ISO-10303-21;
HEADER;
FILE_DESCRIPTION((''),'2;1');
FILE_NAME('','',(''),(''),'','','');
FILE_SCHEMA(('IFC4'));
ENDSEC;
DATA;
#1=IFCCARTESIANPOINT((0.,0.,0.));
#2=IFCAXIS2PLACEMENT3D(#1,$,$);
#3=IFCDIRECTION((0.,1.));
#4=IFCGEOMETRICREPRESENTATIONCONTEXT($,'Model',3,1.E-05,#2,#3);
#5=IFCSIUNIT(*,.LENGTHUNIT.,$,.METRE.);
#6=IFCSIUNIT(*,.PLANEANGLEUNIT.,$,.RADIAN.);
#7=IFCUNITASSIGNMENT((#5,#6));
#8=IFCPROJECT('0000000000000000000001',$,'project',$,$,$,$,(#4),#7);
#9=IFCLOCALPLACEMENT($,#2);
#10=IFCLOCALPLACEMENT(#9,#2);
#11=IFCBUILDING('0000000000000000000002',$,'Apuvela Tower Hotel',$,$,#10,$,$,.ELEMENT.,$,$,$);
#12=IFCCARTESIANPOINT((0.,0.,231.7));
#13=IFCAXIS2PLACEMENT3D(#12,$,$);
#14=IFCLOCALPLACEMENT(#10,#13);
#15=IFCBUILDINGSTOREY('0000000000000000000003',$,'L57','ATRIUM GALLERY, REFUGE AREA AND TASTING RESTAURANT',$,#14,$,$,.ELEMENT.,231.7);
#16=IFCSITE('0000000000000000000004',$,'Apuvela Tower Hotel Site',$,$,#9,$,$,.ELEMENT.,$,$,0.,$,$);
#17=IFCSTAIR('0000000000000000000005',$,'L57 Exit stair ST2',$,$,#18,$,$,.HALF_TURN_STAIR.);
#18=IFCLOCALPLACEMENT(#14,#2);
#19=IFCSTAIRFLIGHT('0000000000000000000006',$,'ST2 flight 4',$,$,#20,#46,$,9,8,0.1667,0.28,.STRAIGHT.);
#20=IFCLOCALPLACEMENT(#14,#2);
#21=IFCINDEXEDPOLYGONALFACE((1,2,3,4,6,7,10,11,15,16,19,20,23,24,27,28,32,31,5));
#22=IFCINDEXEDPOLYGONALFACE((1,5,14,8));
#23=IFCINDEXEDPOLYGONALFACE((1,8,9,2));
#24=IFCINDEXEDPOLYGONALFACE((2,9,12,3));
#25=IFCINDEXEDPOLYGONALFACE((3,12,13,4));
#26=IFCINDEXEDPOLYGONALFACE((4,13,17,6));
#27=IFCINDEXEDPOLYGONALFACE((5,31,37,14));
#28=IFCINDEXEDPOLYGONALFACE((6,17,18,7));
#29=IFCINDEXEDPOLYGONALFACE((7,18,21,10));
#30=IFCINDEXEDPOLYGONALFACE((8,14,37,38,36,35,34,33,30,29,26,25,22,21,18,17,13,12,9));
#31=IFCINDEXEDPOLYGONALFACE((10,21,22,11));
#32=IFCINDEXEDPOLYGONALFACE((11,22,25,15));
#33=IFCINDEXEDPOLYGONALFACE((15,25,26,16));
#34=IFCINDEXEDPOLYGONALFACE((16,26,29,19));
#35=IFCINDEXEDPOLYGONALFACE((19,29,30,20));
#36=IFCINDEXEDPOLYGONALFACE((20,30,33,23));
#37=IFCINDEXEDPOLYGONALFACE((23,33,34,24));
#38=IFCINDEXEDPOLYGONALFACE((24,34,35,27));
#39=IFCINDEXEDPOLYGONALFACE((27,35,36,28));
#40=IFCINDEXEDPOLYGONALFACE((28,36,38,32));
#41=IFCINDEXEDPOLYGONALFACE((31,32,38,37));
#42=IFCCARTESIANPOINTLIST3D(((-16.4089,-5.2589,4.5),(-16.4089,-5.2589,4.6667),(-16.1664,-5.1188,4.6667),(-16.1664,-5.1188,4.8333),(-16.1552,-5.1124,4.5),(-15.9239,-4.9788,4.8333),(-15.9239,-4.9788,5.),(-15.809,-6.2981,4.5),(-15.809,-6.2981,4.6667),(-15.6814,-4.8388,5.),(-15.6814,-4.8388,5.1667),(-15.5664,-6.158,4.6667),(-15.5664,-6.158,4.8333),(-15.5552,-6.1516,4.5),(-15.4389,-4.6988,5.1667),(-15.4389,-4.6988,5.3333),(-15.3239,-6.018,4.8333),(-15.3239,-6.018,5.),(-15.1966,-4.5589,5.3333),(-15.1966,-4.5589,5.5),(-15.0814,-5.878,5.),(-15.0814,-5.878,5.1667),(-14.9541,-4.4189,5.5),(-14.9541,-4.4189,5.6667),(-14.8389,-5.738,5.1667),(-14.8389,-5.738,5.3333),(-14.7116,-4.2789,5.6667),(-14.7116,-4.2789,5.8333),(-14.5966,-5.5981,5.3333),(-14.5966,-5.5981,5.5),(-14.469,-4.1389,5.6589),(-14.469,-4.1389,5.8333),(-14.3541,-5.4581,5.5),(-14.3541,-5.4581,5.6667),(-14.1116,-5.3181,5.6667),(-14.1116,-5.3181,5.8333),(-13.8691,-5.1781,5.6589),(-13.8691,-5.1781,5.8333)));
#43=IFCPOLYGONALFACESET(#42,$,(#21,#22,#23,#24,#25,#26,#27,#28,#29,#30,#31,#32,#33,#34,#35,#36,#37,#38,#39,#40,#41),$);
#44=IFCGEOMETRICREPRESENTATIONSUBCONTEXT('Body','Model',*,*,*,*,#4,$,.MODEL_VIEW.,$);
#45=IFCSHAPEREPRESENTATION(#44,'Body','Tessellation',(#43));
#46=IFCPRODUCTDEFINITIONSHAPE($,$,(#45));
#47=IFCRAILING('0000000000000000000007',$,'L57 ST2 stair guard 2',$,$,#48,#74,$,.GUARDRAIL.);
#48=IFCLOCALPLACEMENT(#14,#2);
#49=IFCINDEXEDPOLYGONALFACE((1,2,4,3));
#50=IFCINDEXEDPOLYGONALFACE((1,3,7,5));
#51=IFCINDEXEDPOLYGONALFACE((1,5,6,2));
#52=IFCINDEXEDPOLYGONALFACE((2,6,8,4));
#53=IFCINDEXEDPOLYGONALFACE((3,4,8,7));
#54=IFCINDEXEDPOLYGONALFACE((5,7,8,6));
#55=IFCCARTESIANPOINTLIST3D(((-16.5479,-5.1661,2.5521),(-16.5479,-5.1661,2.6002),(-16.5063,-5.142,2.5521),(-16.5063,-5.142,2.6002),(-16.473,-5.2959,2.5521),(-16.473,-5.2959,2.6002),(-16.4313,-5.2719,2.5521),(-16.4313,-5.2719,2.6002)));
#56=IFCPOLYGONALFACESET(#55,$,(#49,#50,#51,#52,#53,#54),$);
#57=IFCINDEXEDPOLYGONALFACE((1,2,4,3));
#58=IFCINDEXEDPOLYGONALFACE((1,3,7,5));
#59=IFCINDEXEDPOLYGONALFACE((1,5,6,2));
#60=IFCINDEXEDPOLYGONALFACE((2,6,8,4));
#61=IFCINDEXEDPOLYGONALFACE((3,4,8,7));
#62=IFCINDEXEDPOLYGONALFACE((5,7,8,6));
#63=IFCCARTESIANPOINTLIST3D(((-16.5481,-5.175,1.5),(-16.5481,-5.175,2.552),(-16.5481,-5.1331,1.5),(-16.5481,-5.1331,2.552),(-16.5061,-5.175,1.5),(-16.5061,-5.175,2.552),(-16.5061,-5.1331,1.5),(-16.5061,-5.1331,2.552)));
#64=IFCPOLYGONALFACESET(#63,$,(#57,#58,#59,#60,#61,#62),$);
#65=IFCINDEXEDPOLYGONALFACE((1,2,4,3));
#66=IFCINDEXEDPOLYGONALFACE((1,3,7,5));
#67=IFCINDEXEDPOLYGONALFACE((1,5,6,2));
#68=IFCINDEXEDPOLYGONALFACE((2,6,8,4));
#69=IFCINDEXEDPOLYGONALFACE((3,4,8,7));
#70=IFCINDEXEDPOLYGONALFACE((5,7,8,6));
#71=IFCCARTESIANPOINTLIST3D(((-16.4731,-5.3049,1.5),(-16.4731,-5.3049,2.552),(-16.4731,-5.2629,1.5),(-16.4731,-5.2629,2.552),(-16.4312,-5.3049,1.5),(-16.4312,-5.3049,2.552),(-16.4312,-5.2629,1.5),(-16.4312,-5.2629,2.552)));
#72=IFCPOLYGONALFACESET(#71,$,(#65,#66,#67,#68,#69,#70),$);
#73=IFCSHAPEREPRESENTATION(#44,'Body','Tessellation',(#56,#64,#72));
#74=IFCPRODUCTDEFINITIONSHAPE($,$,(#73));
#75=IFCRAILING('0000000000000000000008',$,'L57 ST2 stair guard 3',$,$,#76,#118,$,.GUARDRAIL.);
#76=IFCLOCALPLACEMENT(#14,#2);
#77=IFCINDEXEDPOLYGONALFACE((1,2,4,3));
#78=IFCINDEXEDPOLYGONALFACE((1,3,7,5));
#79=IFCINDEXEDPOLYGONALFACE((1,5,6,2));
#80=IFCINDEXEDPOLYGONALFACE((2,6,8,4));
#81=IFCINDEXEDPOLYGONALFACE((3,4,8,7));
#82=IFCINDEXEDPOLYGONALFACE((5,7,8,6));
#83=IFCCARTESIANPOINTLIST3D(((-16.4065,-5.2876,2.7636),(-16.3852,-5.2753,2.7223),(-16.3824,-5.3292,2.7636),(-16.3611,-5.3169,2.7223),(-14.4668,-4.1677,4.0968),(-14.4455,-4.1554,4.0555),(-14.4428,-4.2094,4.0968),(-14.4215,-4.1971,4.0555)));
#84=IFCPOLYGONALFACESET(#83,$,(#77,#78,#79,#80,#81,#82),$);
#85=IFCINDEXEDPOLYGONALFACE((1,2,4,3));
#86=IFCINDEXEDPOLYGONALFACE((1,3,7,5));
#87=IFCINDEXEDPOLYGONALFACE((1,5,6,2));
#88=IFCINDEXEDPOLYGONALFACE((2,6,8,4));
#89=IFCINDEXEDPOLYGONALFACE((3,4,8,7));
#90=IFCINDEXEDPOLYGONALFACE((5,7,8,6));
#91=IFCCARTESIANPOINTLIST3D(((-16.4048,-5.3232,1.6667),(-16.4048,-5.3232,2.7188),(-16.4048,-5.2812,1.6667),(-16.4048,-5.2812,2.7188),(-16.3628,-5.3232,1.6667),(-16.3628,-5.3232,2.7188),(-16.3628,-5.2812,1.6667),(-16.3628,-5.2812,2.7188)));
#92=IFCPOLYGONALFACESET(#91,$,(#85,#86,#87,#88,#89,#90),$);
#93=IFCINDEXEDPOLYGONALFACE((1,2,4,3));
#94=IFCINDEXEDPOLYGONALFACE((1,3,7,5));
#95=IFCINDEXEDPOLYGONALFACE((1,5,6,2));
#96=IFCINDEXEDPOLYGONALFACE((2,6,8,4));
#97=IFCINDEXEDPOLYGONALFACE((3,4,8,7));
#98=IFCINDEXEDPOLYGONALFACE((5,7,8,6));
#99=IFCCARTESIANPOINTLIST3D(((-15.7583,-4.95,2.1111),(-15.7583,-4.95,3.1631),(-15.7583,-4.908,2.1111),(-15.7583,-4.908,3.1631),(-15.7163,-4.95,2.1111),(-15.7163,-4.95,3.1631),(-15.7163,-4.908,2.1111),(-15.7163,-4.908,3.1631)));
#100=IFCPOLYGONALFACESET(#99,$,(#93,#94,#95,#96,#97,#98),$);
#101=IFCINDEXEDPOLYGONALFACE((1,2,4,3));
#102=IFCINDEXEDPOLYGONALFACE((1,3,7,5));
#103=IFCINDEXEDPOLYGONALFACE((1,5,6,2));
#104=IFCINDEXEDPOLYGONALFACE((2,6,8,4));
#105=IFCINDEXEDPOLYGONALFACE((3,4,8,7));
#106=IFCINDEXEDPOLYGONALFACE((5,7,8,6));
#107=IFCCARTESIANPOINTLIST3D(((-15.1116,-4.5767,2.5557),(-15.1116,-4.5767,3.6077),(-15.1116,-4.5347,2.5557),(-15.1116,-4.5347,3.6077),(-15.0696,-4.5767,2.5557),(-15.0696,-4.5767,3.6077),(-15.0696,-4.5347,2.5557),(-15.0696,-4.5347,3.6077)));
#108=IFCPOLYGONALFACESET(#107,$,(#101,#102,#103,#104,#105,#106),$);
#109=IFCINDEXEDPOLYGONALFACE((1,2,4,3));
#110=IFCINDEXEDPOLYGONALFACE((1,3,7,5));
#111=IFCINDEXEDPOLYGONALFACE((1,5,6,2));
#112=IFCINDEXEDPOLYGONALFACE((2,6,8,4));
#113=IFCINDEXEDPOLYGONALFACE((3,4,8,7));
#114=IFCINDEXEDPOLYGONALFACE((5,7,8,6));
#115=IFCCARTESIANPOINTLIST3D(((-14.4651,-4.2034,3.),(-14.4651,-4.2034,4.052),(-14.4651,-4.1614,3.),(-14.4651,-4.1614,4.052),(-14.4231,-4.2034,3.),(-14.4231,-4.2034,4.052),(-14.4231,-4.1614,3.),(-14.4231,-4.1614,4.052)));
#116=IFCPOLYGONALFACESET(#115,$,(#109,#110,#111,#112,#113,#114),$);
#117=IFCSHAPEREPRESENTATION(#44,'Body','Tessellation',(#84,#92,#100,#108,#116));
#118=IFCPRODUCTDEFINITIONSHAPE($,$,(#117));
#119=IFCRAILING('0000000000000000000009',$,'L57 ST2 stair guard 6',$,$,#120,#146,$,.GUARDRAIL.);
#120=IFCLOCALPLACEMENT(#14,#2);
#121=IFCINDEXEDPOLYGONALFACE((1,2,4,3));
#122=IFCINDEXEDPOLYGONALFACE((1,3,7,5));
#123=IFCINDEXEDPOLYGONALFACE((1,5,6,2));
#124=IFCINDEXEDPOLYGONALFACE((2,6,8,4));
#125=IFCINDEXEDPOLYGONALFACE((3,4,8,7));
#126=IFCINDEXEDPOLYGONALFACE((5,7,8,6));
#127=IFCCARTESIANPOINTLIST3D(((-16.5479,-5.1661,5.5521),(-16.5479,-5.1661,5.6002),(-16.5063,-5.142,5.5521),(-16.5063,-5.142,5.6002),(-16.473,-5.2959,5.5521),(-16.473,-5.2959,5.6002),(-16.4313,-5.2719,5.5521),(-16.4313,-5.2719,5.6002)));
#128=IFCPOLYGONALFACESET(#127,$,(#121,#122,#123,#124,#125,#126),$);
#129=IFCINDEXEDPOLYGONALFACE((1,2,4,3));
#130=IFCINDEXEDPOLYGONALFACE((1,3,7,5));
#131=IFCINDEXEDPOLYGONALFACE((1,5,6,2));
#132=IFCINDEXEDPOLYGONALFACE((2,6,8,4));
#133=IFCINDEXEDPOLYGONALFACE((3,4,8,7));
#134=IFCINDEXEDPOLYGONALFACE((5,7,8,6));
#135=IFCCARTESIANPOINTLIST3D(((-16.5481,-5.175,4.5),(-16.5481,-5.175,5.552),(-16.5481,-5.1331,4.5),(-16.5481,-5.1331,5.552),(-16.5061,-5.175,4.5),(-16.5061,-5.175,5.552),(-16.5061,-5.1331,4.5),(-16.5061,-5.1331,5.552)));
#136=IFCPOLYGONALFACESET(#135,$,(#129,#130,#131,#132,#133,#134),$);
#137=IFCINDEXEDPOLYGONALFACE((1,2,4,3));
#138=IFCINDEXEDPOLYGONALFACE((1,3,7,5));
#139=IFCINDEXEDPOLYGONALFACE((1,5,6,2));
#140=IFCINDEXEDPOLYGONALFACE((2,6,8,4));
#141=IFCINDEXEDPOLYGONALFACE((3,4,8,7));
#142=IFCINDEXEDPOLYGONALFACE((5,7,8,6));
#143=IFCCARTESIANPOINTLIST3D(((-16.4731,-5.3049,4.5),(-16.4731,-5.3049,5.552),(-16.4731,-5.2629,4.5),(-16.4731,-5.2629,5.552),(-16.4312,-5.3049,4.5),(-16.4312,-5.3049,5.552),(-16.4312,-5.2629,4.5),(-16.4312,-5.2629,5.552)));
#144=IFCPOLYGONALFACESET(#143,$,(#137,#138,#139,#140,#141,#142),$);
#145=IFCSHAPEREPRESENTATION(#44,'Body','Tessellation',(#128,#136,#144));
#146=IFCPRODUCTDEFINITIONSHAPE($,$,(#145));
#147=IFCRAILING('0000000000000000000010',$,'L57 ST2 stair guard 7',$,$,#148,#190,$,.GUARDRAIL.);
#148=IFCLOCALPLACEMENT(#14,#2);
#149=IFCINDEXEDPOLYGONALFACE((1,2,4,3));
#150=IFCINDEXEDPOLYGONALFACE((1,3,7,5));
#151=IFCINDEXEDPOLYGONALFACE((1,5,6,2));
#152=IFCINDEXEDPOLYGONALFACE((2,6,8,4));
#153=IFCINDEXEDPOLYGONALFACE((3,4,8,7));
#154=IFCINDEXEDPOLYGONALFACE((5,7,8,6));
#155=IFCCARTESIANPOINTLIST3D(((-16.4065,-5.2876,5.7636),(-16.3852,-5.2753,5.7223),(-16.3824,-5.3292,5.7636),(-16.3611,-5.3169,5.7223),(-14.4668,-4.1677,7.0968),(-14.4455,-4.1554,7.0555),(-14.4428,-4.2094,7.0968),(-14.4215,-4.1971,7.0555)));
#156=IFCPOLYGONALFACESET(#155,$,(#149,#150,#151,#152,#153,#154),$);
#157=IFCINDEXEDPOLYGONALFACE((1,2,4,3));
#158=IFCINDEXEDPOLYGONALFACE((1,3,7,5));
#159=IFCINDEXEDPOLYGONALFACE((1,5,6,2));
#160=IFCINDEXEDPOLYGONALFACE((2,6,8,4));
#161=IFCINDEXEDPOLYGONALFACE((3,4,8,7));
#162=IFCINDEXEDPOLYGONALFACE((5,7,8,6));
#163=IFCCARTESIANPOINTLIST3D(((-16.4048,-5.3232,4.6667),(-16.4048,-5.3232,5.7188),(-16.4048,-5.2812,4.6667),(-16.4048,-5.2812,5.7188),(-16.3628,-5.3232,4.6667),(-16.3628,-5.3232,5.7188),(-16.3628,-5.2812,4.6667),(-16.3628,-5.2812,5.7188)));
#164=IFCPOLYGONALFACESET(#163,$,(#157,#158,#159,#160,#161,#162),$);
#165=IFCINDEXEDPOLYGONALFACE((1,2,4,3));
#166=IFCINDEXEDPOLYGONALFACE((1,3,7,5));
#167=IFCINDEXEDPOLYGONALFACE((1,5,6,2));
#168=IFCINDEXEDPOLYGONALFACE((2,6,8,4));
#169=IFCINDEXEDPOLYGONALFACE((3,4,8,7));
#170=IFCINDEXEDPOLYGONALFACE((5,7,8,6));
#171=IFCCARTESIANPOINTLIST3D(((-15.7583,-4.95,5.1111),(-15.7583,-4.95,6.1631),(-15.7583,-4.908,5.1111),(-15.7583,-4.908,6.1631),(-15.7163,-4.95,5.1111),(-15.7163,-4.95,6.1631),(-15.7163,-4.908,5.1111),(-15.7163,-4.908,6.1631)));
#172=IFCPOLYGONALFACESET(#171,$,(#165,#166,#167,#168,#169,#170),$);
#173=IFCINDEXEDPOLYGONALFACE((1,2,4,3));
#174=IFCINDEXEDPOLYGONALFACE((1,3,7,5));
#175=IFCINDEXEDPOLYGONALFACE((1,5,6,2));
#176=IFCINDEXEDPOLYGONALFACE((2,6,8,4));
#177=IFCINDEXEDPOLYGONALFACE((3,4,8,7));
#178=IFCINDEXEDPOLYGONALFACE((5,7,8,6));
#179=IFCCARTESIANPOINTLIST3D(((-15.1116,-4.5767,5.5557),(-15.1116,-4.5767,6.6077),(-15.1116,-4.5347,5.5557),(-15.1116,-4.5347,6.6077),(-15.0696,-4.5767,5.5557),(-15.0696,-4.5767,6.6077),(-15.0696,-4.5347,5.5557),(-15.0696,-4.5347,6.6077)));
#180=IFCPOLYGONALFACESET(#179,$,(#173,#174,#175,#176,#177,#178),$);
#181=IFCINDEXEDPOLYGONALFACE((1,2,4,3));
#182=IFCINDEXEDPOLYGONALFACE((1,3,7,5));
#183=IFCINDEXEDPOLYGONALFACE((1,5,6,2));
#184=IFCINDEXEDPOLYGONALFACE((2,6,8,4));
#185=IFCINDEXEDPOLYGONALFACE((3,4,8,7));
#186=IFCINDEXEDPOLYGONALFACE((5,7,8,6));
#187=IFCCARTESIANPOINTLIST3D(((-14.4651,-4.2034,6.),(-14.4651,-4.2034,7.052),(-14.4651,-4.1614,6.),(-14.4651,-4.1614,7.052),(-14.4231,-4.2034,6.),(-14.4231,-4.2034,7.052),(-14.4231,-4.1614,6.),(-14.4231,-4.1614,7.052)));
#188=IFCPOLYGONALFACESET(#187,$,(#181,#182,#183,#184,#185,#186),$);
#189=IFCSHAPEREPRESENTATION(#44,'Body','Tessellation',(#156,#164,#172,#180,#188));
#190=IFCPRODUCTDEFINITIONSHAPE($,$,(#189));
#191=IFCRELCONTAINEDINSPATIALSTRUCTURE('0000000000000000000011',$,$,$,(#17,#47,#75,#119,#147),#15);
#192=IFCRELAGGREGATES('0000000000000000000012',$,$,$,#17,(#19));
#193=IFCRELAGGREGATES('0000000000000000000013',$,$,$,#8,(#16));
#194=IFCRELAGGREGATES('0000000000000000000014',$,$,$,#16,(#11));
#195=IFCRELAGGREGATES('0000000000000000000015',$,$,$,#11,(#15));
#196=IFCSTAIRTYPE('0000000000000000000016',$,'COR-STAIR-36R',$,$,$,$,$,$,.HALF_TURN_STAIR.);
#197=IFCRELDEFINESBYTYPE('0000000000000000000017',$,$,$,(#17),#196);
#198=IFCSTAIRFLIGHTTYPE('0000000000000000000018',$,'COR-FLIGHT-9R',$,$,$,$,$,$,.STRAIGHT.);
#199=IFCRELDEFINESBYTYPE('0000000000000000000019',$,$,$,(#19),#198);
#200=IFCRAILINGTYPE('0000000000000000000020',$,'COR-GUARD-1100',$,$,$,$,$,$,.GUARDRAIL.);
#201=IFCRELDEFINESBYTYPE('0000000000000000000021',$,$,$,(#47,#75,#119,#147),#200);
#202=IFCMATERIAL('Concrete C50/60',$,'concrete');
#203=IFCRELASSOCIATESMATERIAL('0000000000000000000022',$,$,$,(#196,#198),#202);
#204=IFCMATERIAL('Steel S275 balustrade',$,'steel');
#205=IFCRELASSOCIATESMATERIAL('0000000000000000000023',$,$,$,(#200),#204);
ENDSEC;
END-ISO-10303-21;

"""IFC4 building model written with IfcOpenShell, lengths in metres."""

from ifc_helpers import new_model, si_unit, direction, frame, origin, origin_2d, place, context, subcontext, project, spatial, polyline, rectangle, outline, extrude, material, type_object, element, aggregate, save


model = new_model("IFC4")

# Units and contexts
model_context = context("Model", 3, precision=1e-05, world=origin(), true_north=direction((0.0, 1.0)))
body_context = subcontext(model_context, "Body", "Model", "MODEL_VIEW")
ifc_project = project(units=[si_unit("LENGTHUNIT", "METRE"), si_unit("PLANEANGLEUNIT", "RADIAN")], contexts=[model_context])

# Site, building, storey
site_placement = place(None, origin())
site = spatial("IfcSite", under=ifc_project, at=site_placement, Name="Apuvela Tower Hotel Site", CompositionType="ELEMENT", RefElevation=0.0)
building_placement = place(site_placement, origin())
building = spatial("IfcBuilding", under=site, at=building_placement, Name="Apuvela Tower Hotel", CompositionType="ELEMENT")
storey_placement = place(building_placement, frame((0.0, 0.0, 231.7)))
storey = spatial("IfcBuildingStorey", under=building, at=storey_placement, Name="L57", Description="ATRIUM GALLERY, REFUGE AREA AND TASTING RESTAURANT", CompositionType="ELEMENT", Elevation=231.7)

# Shared definitions
ifc_material_1 = material(Name="Concrete C50/60", Category="concrete")

# Stair, stair flight
stair_type = type_object("IfcStairType", Name="COR-STAIR-36R", PredefinedType="HALF_TURN_STAIR", material=ifc_material_1)
stair_placement = place(storey_placement, origin())
stair = element("IfcStair", 1, at=stair_placement, inside=storey, type_object=stair_type, Name="L57 Exit stair ST2", PredefinedType="HALF_TURN_STAIR")
stair_flight_type = type_object("IfcStairFlightType", Name="COR-FLIGHT-9R", PredefinedType="STRAIGHT", material=ifc_material_1)
stair_flight_1_placement = place(storey_placement, frame((-16.1089, -5.7786, 4.5), z_axis=(0.0, 0.0, 1.0), x_axis=(0.866025, 0.5, 0.0)))
stair_flight_1 = element("IfcStairFlight", 2, at=stair_flight_1_placement, type_object=stair_flight_type, Name="ST2 flight 4", NumberOfRisers=9, NumberOfTreads=8, PredefinedType="STRAIGHT", RiserHeight=0.1667, TreadLength=0.28, context=body_context, shape_type="SweptSolid", body=[
    extrude(outline(polyline([(0.0, 0.0), (0.0, 0.1667), (0.28, 0.1667), (0.28, 0.3333), (0.5601, 0.3333), (0.5601, 0.5), (0.8401, 0.5), (0.8401, 0.6667), (1.1201, 0.6667), (1.1201, 0.8333), (1.3999, 0.8333), (1.3999, 1.0), (1.6799, 1.0), (1.6799, 1.1667), (1.96, 1.1667), (1.96, 1.3333), (2.24, 1.3333), (2.24, 1.5), (2.24, 1.1589), (0.293, 0.0), (0.0, 0.0)])), frame((0.0, 0.6001, 0.0), z_axis=(0.0, -1.0, 0.0), x_axis=(1.0, 0.0, 0.0)), (0.0, 0.0, 1.0), 1.2),
])
aggregate(stair, [stair_flight_1])

# Railings
ifc_material_2 = material(Name="Steel S275 balustrade", Category="steel")
railing_type_1 = type_object("IfcRailingType", Name="COR-GUARD-1100", PredefinedType="GUARDRAIL", material=ifc_material_2)
railing_1_placement = place(storey_placement, frame((-16.5271, -5.1541, 1.5)))
element("IfcRailing", 3, at=railing_1_placement, inside=storey, type_object=railing_type_1, Name="L57 ST2 stair guard 2", PredefinedType="GUARDRAIL", context=body_context, shape_type="SweptSolid", body=[
    extrude(rectangle(XDim=0.0481, YDim=0.0481, at=origin_2d()), frame((0.0, 0.0, 1.0762), z_axis=(0.499816, -0.866131, 0.0), x_axis=(0.866131, 0.499816, 0.0)), (0.0, 0.0, 1.0), 0.1499),
    extrude(rectangle(XDim=0.042, YDim=0.042, at=origin_2d()), origin(), (0.0, 0.0, 1.0), 1.052),
    extrude(rectangle(XDim=0.042, YDim=0.042, at=origin_2d()), frame((0.075, -0.1299, 0.0)), (0.0, 0.0, 1.0), 1.052),
])
railing_2_placement = place(storey_placement, frame((-16.3838, -5.3022, 1.6667)))
element("IfcRailing", 4, at=railing_2_placement, inside=storey, type_object=railing_type_1, Name="L57 ST2 stair guard 3", PredefinedType="GUARDRAIL", context=body_context, shape_type="SweptSolid", body=[
    extrude(rectangle(XDim=0.0481, YDim=0.0481, at=origin_2d()), frame((0.0, 0.0, 1.0762), z_axis=(0.744163, 0.429638, 0.511501), x_axis=(-0.499996, 0.866028, 0.0)), (0.0, 0.0, 1.0), 2.6064),
    extrude(rectangle(XDim=0.042, YDim=0.042, at=origin_2d()), origin(), (0.0, 0.0, 1.0), 1.052),
    extrude(rectangle(XDim=0.042, YDim=0.042, at=origin_2d()), frame((0.6465, 0.3733, 0.4443)), (0.0, 0.0, 1.0), 1.052),
    extrude(rectangle(XDim=0.042, YDim=0.042, at=origin_2d()), frame((1.2932, 0.7466, 0.8889)), (0.0, 0.0, 1.0), 1.052),
    extrude(rectangle(XDim=0.042, YDim=0.042, at=origin_2d()), frame((1.9397, 1.1199, 1.3333)), (0.0, 0.0, 1.0), 1.052),
])
railing_3_placement = place(storey_placement, frame((-16.5271, -5.1541, 4.5)))
element("IfcRailing", 5, at=railing_3_placement, inside=storey, type_object=railing_type_1, Name="L57 ST2 stair guard 6", PredefinedType="GUARDRAIL", context=body_context, shape_type="SweptSolid", body=[
    extrude(rectangle(XDim=0.0481, YDim=0.0481, at=origin_2d()), frame((0.0, 0.0, 1.0762), z_axis=(0.499816, -0.866131, 0.0), x_axis=(0.866131, 0.499816, 0.0)), (0.0, 0.0, 1.0), 0.1499),
    extrude(rectangle(XDim=0.042, YDim=0.042, at=origin_2d()), origin(), (0.0, 0.0, 1.0), 1.052),
    extrude(rectangle(XDim=0.042, YDim=0.042, at=origin_2d()), frame((0.075, -0.1299, 0.0)), (0.0, 0.0, 1.0), 1.052),
])
railing_4_placement = place(storey_placement, frame((-16.3838, -5.3022, 4.6667)))
element("IfcRailing", 6, at=railing_4_placement, inside=storey, type_object=railing_type_1, Name="L57 ST2 stair guard 7", PredefinedType="GUARDRAIL", context=body_context, shape_type="SweptSolid", body=[
    extrude(rectangle(XDim=0.0481, YDim=0.0481, at=origin_2d()), frame((0.0, 0.0, 1.0762), z_axis=(0.744163, 0.429638, 0.511501), x_axis=(-0.499996, 0.866028, 0.0)), (0.0, 0.0, 1.0), 2.6064),
    extrude(rectangle(XDim=0.042, YDim=0.042, at=origin_2d()), origin(), (0.0, 0.0, 1.0), 1.052),
    extrude(rectangle(XDim=0.042, YDim=0.042, at=origin_2d()), frame((0.6465, 0.3733, 0.4443)), (0.0, 0.0, 1.0), 1.052),
    extrude(rectangle(XDim=0.042, YDim=0.042, at=origin_2d()), frame((1.2932, 0.7466, 0.8889)), (0.0, 0.0, 1.0), 1.052),
    extrude(rectangle(XDim=0.042, YDim=0.042, at=origin_2d()), frame((1.9397, 1.1199, 1.3333)), (0.0, 0.0, 1.0), 1.052),
])

save(model, "model.ifc")
